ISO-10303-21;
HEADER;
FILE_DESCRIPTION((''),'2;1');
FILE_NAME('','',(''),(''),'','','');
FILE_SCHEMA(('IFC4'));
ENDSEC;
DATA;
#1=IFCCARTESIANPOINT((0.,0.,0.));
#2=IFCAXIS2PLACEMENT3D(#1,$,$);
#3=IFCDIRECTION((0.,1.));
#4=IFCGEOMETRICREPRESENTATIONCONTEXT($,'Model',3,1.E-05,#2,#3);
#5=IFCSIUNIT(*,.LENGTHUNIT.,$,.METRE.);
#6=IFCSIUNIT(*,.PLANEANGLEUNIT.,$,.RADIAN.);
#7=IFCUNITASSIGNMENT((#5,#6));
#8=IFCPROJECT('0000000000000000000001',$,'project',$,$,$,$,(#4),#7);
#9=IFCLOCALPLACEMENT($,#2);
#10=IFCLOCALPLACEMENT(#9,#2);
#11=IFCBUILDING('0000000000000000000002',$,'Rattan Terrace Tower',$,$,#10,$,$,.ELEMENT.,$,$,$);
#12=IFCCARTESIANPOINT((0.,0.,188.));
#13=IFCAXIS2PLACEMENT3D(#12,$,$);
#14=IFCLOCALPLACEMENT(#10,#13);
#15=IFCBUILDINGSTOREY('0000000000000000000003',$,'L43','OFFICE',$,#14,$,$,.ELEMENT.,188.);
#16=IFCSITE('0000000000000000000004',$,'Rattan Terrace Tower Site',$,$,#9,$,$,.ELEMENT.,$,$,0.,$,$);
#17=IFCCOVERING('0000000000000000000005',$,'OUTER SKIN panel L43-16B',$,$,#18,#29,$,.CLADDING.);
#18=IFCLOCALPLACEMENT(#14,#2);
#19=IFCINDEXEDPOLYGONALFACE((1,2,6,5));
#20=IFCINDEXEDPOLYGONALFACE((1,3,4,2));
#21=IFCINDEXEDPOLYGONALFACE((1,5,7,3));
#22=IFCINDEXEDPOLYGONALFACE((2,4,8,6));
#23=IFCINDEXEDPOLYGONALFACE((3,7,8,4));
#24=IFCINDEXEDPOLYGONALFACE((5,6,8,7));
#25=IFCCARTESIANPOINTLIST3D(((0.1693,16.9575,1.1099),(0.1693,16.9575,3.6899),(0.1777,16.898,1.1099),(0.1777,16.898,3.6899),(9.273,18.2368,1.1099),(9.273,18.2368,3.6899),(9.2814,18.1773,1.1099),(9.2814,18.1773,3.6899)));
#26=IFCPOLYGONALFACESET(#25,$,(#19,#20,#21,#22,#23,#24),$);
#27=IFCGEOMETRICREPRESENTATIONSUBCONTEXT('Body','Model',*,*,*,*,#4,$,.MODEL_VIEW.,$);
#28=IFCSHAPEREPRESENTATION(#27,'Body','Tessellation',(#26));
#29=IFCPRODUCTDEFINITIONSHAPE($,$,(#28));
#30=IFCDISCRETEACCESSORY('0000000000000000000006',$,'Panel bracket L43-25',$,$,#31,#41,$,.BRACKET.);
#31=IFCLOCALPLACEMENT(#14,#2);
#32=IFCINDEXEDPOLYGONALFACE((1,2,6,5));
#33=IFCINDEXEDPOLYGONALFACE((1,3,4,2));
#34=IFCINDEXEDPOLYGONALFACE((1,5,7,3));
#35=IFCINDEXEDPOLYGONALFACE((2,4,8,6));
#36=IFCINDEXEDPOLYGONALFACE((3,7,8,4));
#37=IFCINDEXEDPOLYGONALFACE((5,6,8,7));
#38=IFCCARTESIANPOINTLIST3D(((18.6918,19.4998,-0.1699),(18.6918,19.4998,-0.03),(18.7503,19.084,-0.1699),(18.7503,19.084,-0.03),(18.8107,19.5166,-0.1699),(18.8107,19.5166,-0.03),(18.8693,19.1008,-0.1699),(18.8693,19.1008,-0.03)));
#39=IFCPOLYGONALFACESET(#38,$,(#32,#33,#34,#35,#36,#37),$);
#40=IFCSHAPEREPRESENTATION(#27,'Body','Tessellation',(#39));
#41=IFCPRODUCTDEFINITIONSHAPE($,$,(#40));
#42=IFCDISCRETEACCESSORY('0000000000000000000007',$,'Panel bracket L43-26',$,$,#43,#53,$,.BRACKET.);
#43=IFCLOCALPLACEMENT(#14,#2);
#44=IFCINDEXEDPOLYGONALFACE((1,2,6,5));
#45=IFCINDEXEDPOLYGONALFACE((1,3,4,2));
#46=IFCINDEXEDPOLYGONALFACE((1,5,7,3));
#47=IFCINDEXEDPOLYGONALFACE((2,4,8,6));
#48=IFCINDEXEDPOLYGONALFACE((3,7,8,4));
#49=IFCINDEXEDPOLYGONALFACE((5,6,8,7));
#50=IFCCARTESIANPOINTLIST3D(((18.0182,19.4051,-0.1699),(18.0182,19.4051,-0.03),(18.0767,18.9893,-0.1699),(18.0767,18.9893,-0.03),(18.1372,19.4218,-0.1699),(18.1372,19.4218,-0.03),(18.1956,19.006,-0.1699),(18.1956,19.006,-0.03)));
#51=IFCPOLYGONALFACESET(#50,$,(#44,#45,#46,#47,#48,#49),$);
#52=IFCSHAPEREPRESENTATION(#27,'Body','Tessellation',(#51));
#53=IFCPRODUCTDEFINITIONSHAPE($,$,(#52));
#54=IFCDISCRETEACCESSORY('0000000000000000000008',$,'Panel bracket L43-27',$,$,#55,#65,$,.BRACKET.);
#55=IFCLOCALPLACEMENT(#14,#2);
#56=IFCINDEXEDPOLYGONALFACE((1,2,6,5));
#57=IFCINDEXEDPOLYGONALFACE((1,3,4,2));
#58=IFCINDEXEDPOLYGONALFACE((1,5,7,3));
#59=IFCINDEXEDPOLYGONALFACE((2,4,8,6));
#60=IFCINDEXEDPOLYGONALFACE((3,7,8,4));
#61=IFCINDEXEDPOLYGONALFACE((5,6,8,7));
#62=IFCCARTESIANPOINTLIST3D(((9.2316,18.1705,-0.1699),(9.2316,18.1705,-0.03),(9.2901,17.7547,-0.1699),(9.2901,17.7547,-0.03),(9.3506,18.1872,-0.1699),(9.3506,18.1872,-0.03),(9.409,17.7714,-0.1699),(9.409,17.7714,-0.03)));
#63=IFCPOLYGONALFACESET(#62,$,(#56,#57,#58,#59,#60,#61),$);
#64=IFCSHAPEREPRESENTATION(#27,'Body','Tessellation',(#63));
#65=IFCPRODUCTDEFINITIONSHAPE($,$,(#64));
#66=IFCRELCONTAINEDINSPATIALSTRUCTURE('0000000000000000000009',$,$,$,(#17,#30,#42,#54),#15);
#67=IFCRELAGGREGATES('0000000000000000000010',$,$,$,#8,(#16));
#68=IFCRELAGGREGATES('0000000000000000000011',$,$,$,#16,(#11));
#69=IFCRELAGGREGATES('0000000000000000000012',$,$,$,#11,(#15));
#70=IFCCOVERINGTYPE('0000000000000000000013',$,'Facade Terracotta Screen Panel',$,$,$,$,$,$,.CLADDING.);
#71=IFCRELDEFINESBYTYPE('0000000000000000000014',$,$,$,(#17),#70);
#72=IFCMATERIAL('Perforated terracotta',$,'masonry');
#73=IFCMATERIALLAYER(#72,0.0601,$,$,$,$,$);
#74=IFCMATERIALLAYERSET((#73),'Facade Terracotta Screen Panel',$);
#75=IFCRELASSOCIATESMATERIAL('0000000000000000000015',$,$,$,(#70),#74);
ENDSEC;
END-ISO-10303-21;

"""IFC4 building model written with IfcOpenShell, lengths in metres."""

from ifc_helpers import new_model, si_unit, direction, frame, origin, origin_2d, place, context, subcontext, project, spatial, rectangle, extrude, material, layer, layer_set, type_object, element, save


model = new_model("IFC4")

# Units and contexts
model_context = context("Model", 3, precision=1e-05, world=origin(), true_north=direction((0.0, 1.0)))
body_context = subcontext(model_context, "Body", "Model", "MODEL_VIEW")
ifc_project = project(units=[si_unit("LENGTHUNIT", "METRE"), si_unit("PLANEANGLEUNIT", "RADIAN")], contexts=[model_context])

# Site, building, storey
site_placement = place(None, origin())
site = spatial("IfcSite", under=ifc_project, at=site_placement, Name="Rattan Terrace Tower Site", CompositionType="ELEMENT", RefElevation=0.0)
building_placement = place(site_placement, origin())
building = spatial("IfcBuilding", under=site, at=building_placement, Name="Rattan Terrace Tower", CompositionType="ELEMENT")
storey_placement = place(building_placement, frame((0.0, 0.0, 188.0)))
storey = spatial("IfcBuildingStorey", under=building, at=storey_placement, Name="L43", Description="OFFICE", CompositionType="ELEMENT", Elevation=188.0)

# Covering
ifc_material_1 = material(Name="Perforated terracotta", Category="masonry")
ifc_layer_1 = layer(ifc_material_1, 0.0601)
ifc_layer_set_1 = layer_set([ifc_layer_1], Name="Facade Terracotta Screen Panel")
covering_type_1 = type_object("IfcCoveringType", Name="Facade Terracotta Screen Panel", PredefinedType="CLADDING", material=ifc_layer_set_1)
covering_1_placement = place(storey_placement, frame((4.7253, 17.5674, 1.1099), z_axis=(0.0, 0.0, 1.0), x_axis=(-0.99027, -0.139161, 0.0)))
element("IfcCovering", 1, at=covering_1_placement, inside=storey, type_object=covering_type_1, Name="OUTER SKIN panel L43-16B", PredefinedType="CLADDING", context=body_context, shape_type="SweptSolid", body=[
    extrude(rectangle(XDim=9.1931, YDim=0.0601, at=origin_2d()), origin(), (0.0, 0.0, 1.0), 2.5801),
])

# Discrete accessories
for number, where, z_axis, x_axis, name in (
    (2, (18.7805, 19.3003, -0.1699), (0.0, 0.0, 1.0), (-0.990241, -0.139367, 0.0), "Panel bracket L43-25"),
    (3, (18.1069, 19.2056, -0.1699), (0.0, 0.0, 1.0), (-0.99027, -0.139161, 0.0), "Panel bracket L43-26"),
    (4, (9.3203, 17.9709, -0.1699), (0.0, 0.0, 1.0), (-0.99027, -0.139161, 0.0), "Panel bracket L43-27"),
):
    element("IfcDiscreteAccessory", number, at=place(storey_placement, frame(where, z_axis=z_axis, x_axis=x_axis)), inside=storey, Name=name, PredefinedType="BRACKET", context=body_context, shape_type="SweptSolid", body=[
        extrude(rectangle(XDim=0.1201, YDim=0.4199, at=origin_2d()), origin(), (0.0, 0.0, 1.0), 0.1399),
    ])

save(model, "model.ifc")
